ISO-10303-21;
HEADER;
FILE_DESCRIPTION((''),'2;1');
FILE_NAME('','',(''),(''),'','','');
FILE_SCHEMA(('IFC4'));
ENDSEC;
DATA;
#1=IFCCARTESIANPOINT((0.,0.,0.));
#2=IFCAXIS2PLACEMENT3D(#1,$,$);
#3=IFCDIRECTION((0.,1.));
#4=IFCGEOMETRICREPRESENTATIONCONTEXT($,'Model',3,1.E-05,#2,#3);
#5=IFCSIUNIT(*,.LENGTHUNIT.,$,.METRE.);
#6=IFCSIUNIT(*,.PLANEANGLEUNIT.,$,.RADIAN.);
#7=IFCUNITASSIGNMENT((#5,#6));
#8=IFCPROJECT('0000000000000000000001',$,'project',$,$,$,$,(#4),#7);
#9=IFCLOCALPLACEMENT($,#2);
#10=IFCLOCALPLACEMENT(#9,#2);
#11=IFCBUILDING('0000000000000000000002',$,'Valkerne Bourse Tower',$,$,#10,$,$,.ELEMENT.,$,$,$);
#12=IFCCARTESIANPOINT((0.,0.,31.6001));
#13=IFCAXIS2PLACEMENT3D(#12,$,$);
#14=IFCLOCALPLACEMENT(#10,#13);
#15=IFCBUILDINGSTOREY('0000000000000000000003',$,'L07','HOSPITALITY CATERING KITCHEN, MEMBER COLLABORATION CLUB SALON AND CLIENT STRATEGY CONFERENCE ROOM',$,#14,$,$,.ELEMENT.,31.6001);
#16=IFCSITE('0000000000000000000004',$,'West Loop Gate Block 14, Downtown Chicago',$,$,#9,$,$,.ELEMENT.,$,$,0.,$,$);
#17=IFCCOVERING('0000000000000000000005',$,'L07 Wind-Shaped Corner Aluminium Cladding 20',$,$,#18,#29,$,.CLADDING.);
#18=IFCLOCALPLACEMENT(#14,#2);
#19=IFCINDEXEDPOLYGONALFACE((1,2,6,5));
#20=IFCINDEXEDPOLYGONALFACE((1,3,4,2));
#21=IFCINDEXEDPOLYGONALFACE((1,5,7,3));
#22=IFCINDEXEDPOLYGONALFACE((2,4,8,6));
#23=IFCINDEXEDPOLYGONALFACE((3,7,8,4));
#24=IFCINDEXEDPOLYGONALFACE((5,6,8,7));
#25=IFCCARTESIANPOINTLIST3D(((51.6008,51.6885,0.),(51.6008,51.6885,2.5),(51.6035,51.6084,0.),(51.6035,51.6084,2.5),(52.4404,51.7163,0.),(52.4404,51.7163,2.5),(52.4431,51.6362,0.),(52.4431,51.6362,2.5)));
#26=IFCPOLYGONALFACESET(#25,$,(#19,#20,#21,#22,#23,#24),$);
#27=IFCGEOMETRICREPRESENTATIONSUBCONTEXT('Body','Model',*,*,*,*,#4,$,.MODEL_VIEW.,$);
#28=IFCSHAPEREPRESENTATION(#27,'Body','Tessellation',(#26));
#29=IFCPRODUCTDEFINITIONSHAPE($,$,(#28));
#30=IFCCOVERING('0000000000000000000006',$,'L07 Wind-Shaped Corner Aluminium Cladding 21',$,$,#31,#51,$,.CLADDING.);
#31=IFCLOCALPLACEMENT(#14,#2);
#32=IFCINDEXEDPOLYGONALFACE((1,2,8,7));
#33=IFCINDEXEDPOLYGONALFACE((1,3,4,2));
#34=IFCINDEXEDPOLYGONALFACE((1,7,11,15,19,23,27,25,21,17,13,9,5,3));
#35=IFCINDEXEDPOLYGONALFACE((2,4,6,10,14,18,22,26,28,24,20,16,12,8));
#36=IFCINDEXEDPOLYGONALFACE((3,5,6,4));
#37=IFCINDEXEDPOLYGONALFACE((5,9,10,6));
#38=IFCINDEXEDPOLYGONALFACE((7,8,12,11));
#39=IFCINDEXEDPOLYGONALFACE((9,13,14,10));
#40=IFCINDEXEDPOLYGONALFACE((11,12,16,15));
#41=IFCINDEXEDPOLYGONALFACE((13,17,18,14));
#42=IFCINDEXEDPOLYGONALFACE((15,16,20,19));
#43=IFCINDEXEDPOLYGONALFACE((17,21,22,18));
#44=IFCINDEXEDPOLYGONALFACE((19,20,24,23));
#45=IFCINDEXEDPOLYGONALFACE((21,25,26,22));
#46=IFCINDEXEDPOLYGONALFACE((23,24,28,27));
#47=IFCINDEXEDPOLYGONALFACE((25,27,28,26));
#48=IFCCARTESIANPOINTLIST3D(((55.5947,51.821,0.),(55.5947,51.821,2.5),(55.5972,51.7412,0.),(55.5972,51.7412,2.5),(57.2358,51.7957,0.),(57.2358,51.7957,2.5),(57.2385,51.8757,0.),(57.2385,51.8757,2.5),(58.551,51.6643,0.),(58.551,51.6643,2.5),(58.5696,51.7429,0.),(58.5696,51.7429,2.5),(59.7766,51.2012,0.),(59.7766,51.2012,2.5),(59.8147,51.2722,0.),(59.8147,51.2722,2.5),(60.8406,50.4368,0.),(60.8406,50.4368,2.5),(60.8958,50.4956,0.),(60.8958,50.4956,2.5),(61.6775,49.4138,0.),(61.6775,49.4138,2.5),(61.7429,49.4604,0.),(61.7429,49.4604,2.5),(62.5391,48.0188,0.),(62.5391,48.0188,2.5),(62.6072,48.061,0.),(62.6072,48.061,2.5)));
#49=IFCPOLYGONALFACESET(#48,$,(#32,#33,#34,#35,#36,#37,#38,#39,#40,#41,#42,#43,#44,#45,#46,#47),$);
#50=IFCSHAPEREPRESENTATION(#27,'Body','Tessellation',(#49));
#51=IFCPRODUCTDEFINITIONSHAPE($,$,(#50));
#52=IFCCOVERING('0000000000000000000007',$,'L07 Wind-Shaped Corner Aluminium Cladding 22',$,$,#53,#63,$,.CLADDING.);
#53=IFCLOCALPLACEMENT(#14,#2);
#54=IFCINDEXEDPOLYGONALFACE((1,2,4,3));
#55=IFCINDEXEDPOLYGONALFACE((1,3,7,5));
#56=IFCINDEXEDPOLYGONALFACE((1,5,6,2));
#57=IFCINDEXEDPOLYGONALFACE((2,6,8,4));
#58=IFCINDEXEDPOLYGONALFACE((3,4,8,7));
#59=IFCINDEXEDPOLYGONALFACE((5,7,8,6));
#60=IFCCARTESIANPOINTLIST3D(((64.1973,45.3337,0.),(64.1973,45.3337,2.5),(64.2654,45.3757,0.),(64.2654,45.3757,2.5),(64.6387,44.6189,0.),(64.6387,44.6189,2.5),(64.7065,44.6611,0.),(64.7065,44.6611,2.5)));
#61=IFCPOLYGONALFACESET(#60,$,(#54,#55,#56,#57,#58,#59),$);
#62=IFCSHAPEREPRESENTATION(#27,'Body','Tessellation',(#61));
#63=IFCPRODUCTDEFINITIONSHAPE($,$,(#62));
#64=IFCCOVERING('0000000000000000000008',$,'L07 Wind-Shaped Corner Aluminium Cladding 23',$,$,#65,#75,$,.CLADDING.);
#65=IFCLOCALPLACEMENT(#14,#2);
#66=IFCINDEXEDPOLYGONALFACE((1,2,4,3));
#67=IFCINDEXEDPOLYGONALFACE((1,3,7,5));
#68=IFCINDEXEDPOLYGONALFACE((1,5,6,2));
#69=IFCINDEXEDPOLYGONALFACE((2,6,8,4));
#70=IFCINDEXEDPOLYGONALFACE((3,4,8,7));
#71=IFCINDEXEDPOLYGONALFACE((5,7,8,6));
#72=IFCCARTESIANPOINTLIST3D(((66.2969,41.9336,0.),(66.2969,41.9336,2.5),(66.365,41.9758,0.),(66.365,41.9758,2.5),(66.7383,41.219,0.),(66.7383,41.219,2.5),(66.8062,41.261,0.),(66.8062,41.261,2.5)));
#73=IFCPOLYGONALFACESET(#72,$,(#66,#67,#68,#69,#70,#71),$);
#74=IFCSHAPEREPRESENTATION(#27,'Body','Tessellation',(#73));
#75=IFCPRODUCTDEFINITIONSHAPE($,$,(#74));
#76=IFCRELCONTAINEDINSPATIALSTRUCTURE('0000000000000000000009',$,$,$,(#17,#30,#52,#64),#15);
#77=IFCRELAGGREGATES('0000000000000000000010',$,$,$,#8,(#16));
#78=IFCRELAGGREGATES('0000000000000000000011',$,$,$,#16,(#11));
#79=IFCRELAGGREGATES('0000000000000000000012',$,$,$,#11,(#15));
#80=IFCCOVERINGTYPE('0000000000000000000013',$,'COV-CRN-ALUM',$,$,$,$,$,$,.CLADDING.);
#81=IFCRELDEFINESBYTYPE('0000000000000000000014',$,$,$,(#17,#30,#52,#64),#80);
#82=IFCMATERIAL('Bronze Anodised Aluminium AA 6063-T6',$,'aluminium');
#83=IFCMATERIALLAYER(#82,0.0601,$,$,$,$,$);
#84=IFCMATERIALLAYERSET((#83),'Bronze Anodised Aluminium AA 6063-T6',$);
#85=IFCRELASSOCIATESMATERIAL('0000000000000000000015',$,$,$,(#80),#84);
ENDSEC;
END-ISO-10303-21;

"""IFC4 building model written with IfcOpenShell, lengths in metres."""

from ifc_helpers import new_model, si_unit, direction, frame, origin, place, context, subcontext, project, spatial, polyline, outline, extrude, material, layer, layer_set, type_object, element, save


model = new_model("IFC4")

# Units and contexts
model_context = context("Model", 3, precision=1e-05, world=origin(), true_north=direction((0.0, 1.0)))
body_context = subcontext(model_context, "Body", "Model", "MODEL_VIEW")
ifc_project = project(units=[si_unit("LENGTHUNIT", "METRE"), si_unit("PLANEANGLEUNIT", "RADIAN")], contexts=[model_context])

# Site, building, storey
site_placement = place(None, origin())
site = spatial("IfcSite", under=ifc_project, at=site_placement, Name="West Loop Gate Block 14, Downtown Chicago", CompositionType="ELEMENT", RefElevation=0.0)
building_placement = place(site_placement, origin())
building = spatial("IfcBuilding", under=site, at=building_placement, Name="Valkerne Bourse Tower", CompositionType="ELEMENT")
storey_placement = place(building_placement, frame((0.0, 0.0, 31.6001)))
storey = spatial("IfcBuildingStorey", under=building, at=storey_placement, Name="L07", Description="HOSPITALITY CATERING KITCHEN, MEMBER COLLABORATION CLUB SALON AND CLIENT STRATEGY CONFERENCE ROOM", CompositionType="ELEMENT", Elevation=31.6001)

# Coverings
ifc_material_1 = material(Name="Bronze Anodised Aluminium AA 6063-T6", Category="aluminium")
ifc_layer_1 = layer(ifc_material_1, 0.0601)
ifc_layer_set_1 = layer_set([ifc_layer_1], Name="Bronze Anodised Aluminium AA 6063-T6")
covering_type = type_object("IfcCoveringType", Name="COV-CRN-ALUM", PredefinedType="CLADDING", material=ifc_layer_set_1)
covering_1_placement = place(storey_placement, origin())
element("IfcCovering", 1, at=covering_1_placement, inside=storey, type_object=covering_type, Name="L07 Wind-Shaped Corner Aluminium Cladding 20", PredefinedType="CLADDING", context=body_context, shape_type="SweptSolid", body=[
    extrude(outline(polyline([(52.4404, 51.7163), (52.4431, 51.6362), (51.6035, 51.6084), (51.6008, 51.6885), (52.4404, 51.7163)])), origin(), (0.0, 0.0, 1.0), 2.5),
])
covering_2_placement = place(storey_placement, origin())
element("IfcCovering", 2, at=covering_2_placement, inside=storey, type_object=covering_type, Name="L07 Wind-Shaped Corner Aluminium Cladding 21", PredefinedType="CLADDING", context=body_context, shape_type="SweptSolid", body=[
    extrude(outline(polyline([(57.2385, 51.8757), (58.5696, 51.7429), (59.8147, 51.2722), (60.8958, 50.4956), (61.7429, 49.4604), (62.6072, 48.061), (62.5391, 48.0188), (61.6775, 49.4138), (60.8406, 50.4368), (59.7766, 51.2012), (58.551, 51.6643), (57.2358, 51.7957), (55.5972, 51.7412), (55.5947, 51.821), (57.2385, 51.8757)])), origin(), (0.0, 0.0, 1.0), 2.5),
])
covering_3_placement = place(storey_placement, origin())
element("IfcCovering", 3, at=covering_3_placement, inside=storey, type_object=covering_type, Name="L07 Wind-Shaped Corner Aluminium Cladding 22", PredefinedType="CLADDING", context=body_context, shape_type="SweptSolid", body=[
    extrude(outline(polyline([(64.7065, 44.6611), (64.6387, 44.6189), (64.1973, 45.3337), (64.2654, 45.3757), (64.7065, 44.6611)])), origin(), (0.0, 0.0, 1.0), 2.5),
])
covering_4_placement = place(storey_placement, origin())
element("IfcCovering", 4, at=covering_4_placement, inside=storey, type_object=covering_type, Name="L07 Wind-Shaped Corner Aluminium Cladding 23", PredefinedType="CLADDING", context=body_context, shape_type="SweptSolid", body=[
    extrude(outline(polyline([(66.8062, 41.261), (66.7383, 41.219), (66.2969, 41.9336), (66.365, 41.9758), (66.8062, 41.261)])), origin(), (0.0, 0.0, 1.0), 2.5),
])

save(model, "model.ifc")
